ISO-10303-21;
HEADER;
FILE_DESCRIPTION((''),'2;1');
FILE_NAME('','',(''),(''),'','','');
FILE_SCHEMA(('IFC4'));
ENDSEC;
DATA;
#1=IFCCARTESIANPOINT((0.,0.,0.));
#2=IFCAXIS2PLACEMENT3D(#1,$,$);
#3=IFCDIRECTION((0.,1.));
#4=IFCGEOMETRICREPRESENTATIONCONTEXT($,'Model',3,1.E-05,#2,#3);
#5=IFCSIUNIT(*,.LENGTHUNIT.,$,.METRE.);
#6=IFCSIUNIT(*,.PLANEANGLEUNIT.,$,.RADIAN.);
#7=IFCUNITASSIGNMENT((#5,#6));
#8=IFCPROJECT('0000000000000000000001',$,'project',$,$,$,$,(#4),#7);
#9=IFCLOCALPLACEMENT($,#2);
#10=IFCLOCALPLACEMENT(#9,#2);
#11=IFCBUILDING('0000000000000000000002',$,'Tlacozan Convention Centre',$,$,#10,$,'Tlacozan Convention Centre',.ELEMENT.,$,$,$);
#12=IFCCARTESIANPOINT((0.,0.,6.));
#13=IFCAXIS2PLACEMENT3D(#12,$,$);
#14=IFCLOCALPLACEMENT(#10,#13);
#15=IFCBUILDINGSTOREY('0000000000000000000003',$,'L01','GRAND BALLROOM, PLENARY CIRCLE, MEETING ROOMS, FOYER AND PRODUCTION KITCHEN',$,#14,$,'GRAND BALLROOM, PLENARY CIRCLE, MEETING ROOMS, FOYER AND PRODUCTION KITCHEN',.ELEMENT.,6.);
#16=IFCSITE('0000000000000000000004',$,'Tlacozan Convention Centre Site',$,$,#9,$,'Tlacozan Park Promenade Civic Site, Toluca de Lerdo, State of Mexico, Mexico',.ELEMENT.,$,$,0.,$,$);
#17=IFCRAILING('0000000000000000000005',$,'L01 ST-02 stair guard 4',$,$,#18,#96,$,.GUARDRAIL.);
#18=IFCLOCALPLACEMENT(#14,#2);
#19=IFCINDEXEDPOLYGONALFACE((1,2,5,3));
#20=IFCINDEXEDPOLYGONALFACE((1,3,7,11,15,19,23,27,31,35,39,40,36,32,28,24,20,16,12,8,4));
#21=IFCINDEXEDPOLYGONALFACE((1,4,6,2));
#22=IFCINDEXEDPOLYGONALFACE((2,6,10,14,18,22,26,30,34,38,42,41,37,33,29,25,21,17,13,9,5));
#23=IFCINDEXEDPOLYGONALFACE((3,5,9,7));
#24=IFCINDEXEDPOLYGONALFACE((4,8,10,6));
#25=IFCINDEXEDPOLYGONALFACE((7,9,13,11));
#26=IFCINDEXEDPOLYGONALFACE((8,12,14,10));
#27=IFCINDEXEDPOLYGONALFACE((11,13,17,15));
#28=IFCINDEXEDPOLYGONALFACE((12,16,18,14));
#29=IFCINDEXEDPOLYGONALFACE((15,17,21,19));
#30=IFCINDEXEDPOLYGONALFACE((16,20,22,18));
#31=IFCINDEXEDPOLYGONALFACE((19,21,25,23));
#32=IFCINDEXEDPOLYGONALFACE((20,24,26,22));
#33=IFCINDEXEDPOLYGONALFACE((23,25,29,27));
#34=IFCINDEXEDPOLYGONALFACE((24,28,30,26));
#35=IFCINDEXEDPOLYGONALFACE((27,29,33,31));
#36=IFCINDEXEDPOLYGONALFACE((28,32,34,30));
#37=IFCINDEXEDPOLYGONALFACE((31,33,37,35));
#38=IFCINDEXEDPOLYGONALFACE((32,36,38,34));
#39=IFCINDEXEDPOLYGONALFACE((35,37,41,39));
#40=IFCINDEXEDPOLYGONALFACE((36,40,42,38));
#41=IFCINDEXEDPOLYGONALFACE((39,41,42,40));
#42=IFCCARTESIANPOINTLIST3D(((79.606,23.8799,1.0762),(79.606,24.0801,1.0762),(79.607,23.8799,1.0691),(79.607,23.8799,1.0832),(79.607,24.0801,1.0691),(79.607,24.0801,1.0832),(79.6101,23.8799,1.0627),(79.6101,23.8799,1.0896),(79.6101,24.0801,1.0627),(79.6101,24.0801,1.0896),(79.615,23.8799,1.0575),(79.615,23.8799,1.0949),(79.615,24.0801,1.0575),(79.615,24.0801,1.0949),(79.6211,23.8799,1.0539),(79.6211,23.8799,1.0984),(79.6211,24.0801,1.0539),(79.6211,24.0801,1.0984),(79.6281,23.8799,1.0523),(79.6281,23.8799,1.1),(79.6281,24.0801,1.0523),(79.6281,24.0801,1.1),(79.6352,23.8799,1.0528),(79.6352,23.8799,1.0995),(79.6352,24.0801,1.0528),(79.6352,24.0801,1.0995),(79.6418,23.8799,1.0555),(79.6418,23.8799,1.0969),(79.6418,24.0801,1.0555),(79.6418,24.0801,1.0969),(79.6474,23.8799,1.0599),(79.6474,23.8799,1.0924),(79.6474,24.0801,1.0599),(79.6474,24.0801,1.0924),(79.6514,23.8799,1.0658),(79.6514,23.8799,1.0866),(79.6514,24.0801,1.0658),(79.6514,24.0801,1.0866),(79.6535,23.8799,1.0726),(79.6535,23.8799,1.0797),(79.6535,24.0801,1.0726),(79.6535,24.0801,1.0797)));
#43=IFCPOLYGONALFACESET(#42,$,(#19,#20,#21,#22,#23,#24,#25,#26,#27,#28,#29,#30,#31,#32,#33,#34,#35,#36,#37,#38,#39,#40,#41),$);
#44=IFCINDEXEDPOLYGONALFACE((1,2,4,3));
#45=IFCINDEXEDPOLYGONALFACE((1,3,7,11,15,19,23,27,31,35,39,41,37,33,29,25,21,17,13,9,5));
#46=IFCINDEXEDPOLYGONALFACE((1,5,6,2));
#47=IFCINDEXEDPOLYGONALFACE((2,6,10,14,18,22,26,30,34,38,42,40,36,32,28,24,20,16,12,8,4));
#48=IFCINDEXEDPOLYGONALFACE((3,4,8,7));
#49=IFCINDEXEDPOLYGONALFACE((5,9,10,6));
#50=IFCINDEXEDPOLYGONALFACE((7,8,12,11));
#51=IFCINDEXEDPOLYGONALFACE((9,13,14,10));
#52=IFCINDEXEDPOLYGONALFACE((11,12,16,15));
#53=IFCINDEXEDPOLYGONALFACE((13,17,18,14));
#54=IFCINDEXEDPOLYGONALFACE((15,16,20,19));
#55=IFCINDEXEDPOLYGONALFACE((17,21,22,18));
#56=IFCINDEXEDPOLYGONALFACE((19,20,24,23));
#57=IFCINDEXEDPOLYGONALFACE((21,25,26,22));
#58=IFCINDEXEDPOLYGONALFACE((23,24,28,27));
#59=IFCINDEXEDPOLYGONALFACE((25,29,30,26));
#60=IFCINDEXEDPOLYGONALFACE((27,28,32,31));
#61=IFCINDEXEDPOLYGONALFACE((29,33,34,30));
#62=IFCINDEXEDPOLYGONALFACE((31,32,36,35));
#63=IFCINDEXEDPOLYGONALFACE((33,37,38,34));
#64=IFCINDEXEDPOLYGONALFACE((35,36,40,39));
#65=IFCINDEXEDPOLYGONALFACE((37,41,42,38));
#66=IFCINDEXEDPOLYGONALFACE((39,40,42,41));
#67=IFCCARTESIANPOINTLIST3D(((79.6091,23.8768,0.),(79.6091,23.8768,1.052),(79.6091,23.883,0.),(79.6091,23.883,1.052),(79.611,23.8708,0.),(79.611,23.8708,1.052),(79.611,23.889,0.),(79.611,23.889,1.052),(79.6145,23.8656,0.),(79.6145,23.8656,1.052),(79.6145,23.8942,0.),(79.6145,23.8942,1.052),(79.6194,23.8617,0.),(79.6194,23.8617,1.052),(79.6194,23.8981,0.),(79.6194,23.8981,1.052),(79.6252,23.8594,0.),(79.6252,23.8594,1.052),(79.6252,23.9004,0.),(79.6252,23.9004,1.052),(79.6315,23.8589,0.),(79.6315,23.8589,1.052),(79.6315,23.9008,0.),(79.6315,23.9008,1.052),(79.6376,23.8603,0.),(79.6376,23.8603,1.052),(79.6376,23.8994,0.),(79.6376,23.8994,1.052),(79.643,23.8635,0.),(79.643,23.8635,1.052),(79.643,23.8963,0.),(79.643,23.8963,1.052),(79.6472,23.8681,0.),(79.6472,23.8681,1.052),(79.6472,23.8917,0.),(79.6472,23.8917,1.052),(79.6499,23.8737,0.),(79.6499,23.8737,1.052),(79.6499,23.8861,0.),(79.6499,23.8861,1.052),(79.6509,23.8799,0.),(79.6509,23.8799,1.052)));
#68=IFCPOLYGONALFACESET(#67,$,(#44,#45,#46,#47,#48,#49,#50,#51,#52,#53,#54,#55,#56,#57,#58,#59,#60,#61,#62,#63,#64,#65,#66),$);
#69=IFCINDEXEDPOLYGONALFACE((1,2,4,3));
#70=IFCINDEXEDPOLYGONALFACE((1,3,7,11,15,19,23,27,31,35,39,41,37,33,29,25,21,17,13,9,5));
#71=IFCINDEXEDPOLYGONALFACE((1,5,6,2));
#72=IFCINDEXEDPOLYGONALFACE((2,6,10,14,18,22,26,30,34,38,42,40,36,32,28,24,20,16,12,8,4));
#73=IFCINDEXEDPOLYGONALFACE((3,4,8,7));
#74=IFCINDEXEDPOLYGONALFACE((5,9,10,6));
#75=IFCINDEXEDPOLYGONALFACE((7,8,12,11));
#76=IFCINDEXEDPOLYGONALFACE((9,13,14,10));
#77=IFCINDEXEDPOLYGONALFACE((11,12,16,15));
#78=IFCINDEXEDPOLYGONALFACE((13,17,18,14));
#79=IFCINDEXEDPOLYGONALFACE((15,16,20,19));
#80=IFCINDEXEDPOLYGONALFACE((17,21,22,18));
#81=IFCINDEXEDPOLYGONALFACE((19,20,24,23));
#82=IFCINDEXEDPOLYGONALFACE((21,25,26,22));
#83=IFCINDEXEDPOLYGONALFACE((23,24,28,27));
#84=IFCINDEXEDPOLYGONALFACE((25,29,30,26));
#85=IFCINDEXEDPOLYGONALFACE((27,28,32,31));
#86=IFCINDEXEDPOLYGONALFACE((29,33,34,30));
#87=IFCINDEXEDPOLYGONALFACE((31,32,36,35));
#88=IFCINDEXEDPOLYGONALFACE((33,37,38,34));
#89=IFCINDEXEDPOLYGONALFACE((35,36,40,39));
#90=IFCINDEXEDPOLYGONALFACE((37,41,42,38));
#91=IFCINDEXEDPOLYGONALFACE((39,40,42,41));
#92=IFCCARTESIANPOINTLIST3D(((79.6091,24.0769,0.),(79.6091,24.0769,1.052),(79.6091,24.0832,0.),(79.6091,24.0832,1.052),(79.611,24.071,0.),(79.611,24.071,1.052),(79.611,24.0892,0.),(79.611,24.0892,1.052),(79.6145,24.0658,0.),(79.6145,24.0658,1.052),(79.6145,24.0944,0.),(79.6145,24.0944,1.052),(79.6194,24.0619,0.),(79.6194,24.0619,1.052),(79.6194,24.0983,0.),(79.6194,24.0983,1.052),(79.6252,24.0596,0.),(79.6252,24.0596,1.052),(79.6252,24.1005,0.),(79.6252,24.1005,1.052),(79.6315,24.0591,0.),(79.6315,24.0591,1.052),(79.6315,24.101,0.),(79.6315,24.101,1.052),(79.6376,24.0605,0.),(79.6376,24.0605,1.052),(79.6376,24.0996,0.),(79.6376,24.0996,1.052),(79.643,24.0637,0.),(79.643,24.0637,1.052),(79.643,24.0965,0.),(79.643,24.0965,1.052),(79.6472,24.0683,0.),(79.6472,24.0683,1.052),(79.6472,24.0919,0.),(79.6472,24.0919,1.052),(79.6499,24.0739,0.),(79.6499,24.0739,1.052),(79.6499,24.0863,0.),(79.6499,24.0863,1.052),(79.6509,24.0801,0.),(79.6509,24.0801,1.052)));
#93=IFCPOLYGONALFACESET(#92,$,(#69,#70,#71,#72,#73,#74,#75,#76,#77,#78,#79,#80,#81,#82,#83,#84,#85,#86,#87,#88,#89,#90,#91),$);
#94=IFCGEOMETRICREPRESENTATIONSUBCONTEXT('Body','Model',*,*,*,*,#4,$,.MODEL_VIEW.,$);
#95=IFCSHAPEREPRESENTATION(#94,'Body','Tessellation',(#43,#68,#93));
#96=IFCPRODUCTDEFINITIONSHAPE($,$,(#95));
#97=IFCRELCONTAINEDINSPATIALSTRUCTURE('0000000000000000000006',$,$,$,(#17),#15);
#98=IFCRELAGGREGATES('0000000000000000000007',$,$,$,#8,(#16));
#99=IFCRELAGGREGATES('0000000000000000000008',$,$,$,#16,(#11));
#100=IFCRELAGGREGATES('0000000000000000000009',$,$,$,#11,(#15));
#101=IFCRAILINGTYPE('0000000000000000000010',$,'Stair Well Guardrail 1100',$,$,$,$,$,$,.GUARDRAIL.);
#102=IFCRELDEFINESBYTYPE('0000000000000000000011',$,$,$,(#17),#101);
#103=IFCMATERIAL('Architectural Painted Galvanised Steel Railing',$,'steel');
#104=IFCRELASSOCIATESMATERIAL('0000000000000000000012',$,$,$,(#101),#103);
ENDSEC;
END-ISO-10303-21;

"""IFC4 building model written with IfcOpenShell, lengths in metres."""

from ifc_helpers import new_model, si_unit, direction, frame, origin, origin_2d, place, context, subcontext, project, spatial, circle, extrude, material, type_object, element, save


model = new_model("IFC4")

# Units and contexts
model_context = context("Model", 3, precision=1e-05, world=origin(), true_north=direction((0.0, 1.0)))
body_context = subcontext(model_context, "Body", "Model", "MODEL_VIEW")
ifc_project = project(units=[si_unit("LENGTHUNIT", "METRE"), si_unit("PLANEANGLEUNIT", "RADIAN")], contexts=[model_context])

# Site, building, storey
site_placement = place(None, origin())
site = spatial("IfcSite", under=ifc_project, at=site_placement, Name="Tlacozan Convention Centre Site", LongName="Tlacozan Park Promenade Civic Site, Toluca de Lerdo, State of Mexico, Mexico", CompositionType="ELEMENT", RefElevation=0.0)
building_placement = place(site_placement, origin())
building = spatial("IfcBuilding", under=site, at=building_placement, Name="Tlacozan Convention Centre", LongName="Tlacozan Convention Centre", CompositionType="ELEMENT")
storey_placement = place(building_placement, frame((0.0, 0.0, 6.0)))
storey = spatial("IfcBuildingStorey", under=building, at=storey_placement, Name="L01", Description="GRAND BALLROOM, PLENARY CIRCLE, MEETING ROOMS, FOYER AND PRODUCTION KITCHEN", LongName="GRAND BALLROOM, PLENARY CIRCLE, MEETING ROOMS, FOYER AND PRODUCTION KITCHEN", CompositionType="ELEMENT", Elevation=6.0)

# Railing
ifc_material_1 = material(Name="Architectural Painted Galvanised Steel Railing", Category="steel")
railing_type_1 = type_object("IfcRailingType", Name="Stair Well Guardrail 1100", PredefinedType="GUARDRAIL", material=ifc_material_1)
railing_1_placement = place(storey_placement, frame((79.6299, 23.8799, 0.0)))
element("IfcRailing", 1, at=railing_1_placement, inside=storey, type_object=railing_type_1, Name="L01 ST-02 stair guard 4", PredefinedType="GUARDRAIL", context=body_context, shape_type="SweptSolid", body=[
    extrude(circle(Radius=0.0239, at=origin_2d()), frame((0.0, 0.0, 1.0762), z_axis=(0.0, 1.0, 0.0), x_axis=(-1.0, 0.0, 0.0)), (0.0, 0.0, 1.0), 0.2002),
    extrude(circle(Radius=0.021, at=origin_2d()), origin(), (0.0, 0.0, 1.0), 1.052),
    extrude(circle(Radius=0.021, at=origin_2d()), frame((0.0, 0.2002, 0.0)), (0.0, 0.0, 1.0), 1.052),
])

save(model, "model.ifc")
